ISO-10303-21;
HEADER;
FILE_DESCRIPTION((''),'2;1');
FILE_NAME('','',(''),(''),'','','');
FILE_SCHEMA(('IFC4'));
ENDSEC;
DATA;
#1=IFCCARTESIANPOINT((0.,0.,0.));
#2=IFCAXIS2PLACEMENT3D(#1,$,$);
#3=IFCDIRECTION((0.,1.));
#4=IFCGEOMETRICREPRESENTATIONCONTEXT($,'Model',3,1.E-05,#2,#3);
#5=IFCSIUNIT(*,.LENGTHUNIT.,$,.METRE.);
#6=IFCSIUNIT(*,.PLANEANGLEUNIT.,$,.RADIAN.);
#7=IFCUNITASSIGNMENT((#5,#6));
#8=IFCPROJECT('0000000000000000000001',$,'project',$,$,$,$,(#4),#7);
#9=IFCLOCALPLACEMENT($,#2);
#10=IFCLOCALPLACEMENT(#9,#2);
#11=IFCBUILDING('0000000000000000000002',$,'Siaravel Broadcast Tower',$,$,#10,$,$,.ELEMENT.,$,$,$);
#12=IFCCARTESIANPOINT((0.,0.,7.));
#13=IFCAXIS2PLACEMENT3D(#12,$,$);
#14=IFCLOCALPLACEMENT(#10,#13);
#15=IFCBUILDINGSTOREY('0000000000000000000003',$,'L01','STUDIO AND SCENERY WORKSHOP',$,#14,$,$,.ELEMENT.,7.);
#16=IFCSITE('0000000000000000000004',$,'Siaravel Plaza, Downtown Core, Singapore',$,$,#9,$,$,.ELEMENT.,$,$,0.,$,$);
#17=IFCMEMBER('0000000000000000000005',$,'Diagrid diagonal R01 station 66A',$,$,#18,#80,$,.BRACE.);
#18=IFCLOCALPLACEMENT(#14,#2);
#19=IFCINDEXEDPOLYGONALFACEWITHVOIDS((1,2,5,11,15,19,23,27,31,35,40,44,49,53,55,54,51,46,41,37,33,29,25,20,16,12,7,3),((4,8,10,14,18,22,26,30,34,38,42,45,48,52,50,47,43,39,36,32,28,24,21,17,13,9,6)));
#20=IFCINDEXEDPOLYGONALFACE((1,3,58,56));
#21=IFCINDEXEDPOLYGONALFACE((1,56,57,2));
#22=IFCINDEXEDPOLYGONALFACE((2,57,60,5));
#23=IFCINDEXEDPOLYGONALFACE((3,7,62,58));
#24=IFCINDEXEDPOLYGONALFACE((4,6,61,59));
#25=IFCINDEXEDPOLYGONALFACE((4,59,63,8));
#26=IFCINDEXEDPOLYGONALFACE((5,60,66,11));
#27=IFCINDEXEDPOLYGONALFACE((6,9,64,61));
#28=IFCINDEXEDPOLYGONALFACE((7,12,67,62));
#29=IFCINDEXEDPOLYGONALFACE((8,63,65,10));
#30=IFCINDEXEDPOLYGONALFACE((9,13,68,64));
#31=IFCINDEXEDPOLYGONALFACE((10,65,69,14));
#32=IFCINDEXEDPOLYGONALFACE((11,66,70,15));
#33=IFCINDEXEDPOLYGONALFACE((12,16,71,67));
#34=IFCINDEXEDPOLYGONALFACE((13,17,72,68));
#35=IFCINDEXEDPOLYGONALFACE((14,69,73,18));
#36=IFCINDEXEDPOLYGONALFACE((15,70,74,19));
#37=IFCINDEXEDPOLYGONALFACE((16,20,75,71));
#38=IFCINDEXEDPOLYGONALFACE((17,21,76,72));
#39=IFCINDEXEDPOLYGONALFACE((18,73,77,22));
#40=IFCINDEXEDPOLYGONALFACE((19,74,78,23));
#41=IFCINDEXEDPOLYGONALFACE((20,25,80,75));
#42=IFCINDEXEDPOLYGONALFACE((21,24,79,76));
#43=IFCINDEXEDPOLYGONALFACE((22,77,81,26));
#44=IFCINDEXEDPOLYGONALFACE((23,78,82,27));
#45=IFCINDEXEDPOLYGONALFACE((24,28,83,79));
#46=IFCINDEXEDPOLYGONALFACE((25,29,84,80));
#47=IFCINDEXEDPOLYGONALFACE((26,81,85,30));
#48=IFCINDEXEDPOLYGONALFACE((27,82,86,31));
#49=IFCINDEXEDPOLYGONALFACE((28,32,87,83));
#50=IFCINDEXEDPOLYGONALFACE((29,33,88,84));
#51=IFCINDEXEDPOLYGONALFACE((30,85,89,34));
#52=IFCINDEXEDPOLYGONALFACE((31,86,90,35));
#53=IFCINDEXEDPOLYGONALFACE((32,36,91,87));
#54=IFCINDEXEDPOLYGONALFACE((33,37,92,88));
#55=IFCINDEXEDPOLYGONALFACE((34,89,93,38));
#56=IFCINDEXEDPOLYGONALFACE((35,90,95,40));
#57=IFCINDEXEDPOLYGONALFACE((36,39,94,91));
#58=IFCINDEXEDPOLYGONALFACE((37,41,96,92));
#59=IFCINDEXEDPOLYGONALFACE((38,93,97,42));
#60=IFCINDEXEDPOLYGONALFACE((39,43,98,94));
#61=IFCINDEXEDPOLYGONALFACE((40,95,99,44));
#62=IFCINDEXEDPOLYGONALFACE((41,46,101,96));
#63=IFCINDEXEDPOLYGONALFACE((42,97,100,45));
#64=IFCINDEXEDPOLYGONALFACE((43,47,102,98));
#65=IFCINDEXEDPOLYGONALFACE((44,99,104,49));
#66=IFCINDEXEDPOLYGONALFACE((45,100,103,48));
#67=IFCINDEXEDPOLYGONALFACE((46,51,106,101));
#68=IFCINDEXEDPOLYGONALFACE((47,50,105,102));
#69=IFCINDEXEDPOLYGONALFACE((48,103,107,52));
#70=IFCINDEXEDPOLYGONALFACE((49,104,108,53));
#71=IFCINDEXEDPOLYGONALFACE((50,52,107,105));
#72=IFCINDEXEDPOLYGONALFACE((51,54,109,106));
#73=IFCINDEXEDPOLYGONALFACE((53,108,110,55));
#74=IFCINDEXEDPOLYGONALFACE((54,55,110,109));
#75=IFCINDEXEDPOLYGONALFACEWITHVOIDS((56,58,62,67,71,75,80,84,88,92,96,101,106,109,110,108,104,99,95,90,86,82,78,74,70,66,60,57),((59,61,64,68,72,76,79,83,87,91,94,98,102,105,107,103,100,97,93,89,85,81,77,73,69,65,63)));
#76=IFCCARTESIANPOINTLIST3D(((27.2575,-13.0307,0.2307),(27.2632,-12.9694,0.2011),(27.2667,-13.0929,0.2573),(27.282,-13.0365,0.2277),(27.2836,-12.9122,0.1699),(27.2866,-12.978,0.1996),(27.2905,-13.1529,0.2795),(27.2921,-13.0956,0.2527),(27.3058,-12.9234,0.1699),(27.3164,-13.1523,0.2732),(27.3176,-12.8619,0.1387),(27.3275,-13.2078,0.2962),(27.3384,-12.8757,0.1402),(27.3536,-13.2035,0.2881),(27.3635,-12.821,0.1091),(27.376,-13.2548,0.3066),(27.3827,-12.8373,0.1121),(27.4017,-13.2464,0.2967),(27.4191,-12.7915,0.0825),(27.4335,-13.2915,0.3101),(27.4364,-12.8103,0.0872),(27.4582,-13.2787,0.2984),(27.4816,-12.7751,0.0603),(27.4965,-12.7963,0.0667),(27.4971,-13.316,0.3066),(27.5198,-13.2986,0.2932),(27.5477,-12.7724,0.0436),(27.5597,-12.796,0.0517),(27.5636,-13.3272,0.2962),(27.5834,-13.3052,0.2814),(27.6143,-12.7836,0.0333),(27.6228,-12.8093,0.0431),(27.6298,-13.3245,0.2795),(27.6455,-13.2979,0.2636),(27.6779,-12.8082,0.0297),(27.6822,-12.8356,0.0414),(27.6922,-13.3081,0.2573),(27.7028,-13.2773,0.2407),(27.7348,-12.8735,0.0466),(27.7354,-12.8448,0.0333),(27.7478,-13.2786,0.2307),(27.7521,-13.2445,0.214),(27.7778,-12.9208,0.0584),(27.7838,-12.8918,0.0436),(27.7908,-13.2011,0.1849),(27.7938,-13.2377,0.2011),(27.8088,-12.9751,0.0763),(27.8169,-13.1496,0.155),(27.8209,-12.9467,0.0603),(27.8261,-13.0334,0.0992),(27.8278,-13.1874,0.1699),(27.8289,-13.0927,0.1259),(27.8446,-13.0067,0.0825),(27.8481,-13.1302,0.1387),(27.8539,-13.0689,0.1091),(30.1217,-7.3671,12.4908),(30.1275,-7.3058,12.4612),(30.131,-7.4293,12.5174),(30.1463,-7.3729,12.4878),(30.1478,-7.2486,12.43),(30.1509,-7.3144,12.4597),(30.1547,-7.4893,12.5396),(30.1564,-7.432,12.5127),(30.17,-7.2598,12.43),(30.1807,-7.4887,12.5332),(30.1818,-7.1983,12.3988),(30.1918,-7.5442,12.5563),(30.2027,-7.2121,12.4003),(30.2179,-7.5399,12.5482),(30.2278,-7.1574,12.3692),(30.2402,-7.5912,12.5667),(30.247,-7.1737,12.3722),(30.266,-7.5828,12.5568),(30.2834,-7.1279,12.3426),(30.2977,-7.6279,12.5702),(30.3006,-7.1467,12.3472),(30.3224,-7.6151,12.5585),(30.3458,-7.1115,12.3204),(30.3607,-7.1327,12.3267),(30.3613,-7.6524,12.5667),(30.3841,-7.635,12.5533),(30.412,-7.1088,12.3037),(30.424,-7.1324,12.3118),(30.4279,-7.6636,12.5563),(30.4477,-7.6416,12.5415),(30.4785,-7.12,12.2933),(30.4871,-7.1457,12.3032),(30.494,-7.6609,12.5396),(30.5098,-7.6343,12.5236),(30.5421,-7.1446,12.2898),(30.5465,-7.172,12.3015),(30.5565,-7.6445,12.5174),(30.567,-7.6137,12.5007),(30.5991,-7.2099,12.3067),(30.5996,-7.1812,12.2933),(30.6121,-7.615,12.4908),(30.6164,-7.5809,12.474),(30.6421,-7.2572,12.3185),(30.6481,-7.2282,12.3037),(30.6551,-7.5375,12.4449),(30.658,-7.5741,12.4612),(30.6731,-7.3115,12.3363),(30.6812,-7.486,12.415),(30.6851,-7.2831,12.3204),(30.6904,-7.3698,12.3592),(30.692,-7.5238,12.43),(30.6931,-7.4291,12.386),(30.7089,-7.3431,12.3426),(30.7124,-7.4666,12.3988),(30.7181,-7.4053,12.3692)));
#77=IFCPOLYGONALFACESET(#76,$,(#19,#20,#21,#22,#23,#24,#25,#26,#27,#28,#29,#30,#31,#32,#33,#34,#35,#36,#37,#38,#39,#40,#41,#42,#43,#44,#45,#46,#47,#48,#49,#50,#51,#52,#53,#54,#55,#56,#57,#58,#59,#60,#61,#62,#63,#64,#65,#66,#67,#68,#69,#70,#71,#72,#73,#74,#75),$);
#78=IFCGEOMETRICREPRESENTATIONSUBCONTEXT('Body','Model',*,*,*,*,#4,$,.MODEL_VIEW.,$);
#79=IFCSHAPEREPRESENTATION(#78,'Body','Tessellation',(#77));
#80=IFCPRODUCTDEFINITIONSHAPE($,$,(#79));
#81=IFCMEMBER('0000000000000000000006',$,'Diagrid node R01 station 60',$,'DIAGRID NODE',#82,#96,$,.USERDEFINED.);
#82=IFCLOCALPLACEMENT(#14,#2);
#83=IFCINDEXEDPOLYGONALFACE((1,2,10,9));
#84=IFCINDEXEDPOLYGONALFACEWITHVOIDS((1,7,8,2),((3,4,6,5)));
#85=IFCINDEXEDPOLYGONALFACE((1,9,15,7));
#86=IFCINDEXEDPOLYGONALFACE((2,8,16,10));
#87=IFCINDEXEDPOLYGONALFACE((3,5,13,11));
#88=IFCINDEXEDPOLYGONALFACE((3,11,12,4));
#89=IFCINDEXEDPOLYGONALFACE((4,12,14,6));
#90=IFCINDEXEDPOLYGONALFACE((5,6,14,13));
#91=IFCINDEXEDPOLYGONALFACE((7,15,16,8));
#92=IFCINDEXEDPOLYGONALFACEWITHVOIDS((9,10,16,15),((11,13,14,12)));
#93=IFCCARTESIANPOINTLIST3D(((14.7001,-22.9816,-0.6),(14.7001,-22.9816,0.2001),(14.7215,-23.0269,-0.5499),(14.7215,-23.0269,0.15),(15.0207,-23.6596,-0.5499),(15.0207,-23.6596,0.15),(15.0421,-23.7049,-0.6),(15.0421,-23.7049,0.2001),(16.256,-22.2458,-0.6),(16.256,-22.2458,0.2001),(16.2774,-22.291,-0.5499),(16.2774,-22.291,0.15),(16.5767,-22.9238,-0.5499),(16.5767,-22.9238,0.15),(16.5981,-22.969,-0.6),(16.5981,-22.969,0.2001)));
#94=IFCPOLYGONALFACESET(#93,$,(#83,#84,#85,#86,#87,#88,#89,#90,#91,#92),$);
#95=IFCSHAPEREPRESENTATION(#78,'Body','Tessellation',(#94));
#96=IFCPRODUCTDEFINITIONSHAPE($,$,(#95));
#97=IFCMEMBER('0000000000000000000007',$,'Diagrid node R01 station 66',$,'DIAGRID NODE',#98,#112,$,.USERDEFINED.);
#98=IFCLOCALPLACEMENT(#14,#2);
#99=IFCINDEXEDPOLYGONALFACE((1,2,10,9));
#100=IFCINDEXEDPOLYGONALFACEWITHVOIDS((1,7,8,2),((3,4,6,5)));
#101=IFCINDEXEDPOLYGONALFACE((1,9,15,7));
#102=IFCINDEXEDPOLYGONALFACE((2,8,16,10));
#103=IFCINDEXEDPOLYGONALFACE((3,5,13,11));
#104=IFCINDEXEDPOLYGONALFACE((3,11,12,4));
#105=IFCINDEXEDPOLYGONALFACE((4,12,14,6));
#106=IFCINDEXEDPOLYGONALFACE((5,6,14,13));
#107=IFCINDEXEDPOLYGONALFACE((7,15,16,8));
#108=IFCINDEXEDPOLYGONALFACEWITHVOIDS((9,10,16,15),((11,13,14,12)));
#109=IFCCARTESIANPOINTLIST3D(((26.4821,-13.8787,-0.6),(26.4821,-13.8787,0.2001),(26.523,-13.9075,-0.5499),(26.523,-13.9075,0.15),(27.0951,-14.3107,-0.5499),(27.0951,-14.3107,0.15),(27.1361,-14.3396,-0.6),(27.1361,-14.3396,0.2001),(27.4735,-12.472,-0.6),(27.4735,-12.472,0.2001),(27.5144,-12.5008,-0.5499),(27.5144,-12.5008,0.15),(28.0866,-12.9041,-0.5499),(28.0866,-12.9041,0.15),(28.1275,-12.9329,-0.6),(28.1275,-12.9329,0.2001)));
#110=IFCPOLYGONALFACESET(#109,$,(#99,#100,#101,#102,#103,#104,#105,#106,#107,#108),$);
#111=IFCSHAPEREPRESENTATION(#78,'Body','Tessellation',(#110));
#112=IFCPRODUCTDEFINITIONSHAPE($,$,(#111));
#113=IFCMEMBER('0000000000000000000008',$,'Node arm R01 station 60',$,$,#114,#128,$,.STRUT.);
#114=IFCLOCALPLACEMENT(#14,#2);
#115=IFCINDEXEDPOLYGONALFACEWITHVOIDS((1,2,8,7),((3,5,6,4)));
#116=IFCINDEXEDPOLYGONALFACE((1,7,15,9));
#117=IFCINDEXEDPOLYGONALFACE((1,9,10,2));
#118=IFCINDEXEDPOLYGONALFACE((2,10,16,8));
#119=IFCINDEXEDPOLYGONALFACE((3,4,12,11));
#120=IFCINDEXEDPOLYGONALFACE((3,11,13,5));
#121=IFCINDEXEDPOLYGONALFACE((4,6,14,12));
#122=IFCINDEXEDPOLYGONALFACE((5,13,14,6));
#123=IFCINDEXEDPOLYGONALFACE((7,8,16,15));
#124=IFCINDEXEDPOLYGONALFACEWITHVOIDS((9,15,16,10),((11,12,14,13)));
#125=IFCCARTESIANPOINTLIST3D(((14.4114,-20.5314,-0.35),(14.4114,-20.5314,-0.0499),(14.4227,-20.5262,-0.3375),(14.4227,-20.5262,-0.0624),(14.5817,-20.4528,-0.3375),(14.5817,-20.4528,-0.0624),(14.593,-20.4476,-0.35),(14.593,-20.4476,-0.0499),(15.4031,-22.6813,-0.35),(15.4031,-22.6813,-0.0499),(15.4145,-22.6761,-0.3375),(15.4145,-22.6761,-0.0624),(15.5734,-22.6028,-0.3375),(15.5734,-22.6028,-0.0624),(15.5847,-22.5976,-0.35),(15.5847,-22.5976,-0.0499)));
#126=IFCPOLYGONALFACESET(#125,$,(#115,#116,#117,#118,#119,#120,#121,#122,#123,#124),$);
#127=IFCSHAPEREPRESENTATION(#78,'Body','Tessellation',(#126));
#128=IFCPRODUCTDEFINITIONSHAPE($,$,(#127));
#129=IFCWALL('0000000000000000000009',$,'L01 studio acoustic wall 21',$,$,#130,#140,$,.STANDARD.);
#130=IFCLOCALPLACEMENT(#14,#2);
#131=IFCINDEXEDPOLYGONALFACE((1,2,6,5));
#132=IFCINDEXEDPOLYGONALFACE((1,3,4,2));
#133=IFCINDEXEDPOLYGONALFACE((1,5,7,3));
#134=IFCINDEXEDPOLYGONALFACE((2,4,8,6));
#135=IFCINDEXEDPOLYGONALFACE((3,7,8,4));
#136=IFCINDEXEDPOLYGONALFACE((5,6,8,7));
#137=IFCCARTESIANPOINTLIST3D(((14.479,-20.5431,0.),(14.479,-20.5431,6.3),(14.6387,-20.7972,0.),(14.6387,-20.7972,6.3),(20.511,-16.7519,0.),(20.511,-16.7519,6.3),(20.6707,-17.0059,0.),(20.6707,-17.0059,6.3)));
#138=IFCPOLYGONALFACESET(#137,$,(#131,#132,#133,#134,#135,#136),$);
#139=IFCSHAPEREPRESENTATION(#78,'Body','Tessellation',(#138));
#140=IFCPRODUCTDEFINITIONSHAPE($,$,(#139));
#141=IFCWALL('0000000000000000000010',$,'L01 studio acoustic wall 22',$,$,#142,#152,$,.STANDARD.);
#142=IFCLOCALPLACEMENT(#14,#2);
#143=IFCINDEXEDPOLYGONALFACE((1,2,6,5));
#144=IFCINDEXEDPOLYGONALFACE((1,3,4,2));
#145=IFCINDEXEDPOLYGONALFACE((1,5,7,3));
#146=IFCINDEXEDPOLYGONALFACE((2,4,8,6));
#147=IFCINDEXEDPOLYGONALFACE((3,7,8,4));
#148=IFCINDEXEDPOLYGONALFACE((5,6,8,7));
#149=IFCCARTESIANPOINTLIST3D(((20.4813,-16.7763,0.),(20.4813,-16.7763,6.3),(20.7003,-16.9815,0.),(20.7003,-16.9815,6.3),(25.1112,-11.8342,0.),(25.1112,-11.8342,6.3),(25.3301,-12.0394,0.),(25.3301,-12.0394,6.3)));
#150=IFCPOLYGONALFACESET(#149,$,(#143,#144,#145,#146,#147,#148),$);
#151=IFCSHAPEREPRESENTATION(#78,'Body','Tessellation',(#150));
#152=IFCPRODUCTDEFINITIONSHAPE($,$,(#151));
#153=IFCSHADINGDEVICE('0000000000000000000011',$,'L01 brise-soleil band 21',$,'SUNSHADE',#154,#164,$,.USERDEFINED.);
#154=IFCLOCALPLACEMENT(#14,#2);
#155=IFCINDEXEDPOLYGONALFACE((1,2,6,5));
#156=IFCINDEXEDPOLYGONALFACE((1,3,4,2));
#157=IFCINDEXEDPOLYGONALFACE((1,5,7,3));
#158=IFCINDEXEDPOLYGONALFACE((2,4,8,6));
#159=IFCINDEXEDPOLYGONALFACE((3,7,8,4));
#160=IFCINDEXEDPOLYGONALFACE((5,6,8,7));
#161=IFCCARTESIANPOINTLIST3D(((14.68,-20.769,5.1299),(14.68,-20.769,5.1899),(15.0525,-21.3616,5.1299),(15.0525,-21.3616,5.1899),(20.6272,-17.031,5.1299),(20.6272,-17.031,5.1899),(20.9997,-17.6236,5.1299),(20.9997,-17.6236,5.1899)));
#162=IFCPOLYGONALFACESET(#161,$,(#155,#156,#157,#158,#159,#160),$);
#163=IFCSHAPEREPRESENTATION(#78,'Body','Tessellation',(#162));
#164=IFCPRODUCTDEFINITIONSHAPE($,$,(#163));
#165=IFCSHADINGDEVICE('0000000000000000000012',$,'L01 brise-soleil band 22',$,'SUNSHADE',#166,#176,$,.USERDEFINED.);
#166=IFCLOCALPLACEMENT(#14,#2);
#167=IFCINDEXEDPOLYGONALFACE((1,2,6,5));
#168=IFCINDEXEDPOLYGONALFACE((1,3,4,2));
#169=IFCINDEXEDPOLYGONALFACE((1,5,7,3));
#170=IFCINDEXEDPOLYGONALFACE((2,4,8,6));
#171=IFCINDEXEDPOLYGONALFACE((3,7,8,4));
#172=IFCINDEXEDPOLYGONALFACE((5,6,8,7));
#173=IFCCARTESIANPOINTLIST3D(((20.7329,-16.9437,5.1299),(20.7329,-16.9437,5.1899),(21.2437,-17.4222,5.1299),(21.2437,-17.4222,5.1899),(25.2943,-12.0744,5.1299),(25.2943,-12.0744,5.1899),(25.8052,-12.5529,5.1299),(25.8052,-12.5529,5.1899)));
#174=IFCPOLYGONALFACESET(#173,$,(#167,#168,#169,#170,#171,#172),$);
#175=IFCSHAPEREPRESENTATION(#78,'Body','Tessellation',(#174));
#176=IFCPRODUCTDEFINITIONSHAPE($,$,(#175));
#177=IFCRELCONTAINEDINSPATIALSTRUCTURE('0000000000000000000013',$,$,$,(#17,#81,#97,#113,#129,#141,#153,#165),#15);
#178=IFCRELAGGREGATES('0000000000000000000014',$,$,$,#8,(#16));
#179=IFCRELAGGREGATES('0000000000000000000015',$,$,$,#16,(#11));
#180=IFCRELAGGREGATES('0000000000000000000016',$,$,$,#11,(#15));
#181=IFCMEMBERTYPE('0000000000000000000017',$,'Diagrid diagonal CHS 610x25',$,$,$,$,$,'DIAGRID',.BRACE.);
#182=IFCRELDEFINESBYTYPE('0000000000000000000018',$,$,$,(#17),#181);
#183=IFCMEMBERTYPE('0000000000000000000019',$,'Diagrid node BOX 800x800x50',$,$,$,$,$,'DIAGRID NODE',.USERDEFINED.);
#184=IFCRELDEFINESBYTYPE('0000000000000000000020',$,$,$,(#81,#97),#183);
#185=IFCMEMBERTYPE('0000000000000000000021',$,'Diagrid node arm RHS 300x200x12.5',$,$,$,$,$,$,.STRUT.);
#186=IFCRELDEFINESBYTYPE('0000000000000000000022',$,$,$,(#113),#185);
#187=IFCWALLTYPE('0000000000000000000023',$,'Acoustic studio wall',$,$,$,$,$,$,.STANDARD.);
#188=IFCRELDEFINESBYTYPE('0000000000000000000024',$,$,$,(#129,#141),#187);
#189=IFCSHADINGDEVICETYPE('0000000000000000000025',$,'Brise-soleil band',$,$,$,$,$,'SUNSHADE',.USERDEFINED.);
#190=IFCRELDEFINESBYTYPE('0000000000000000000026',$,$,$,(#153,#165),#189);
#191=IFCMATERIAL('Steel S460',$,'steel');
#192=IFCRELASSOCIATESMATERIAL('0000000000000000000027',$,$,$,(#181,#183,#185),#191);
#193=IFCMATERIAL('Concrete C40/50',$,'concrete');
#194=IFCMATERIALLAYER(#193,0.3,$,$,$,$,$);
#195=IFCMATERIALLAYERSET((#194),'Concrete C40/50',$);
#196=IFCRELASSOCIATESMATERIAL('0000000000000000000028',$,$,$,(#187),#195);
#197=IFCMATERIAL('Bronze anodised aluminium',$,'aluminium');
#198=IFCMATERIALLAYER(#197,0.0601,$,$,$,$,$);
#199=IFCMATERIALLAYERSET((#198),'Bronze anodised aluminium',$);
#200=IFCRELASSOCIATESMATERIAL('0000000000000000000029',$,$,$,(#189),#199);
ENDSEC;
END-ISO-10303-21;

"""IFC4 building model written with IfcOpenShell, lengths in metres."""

from ifc_helpers import new_model, si_unit, direction, frame, frame_2d, origin, origin_2d, place, context, subcontext, project, spatial, rectangle, hollow_rectangle, hollow_circle, extrude, material, layer, layer_set, material_profile, profile_set, type_object, element, save


model = new_model("IFC4")

# Units and contexts
model_context = context("Model", 3, precision=1e-05, world=origin(), true_north=direction((0.0, 1.0)))
body_context = subcontext(model_context, "Body", "Model", "MODEL_VIEW")
ifc_project = project(units=[si_unit("LENGTHUNIT", "METRE"), si_unit("PLANEANGLEUNIT", "RADIAN")], contexts=[model_context])

# Site, building, storey
site_placement = place(None, origin())
site = spatial("IfcSite", under=ifc_project, at=site_placement, Name="Siaravel Plaza, Downtown Core, Singapore", CompositionType="ELEMENT", RefElevation=0.0)
building_placement = place(site_placement, origin())
building = spatial("IfcBuilding", under=site, at=building_placement, Name="Siaravel Broadcast Tower", CompositionType="ELEMENT")
storey_placement = place(building_placement, frame((0.0, 0.0, 7.0)))
storey = spatial("IfcBuildingStorey", under=building, at=storey_placement, Name="L01", Description="STUDIO AND SCENERY WORKSHOP", CompositionType="ELEMENT", Elevation=7.0)

# Members
ifc_material_1 = material(Name="Steel S460", Category="steel")
ifc_material_profile_1 = material_profile(ifc_material_1, hollow_circle(Radius=0.3049, WallThickness=0.0249, at=origin_2d()))
ifc_profile_set_1 = profile_set([ifc_material_profile_1], Name="Steel S460")
member_type_1 = type_object("IfcMemberType", Name="Diagrid diagonal CHS 610x25", ElementType="DIAGRID", PredefinedType="BRACE", material=ifc_profile_set_1)
member_1_placement = place(storey_placement, frame((27.5557, -13.0498, 0.1699), z_axis=(0.207474, 0.410245, 0.888062), x_axis=(-0.892371, 0.451302, 0.0)))
element("IfcMember", 1, at=member_1_placement, inside=storey, type_object=member_type_1, Name="Diagrid diagonal R01 station 66A", PredefinedType="BRACE", context=body_context, shape_type="SweptSolid", body=[
    extrude(hollow_circle(Radius=0.3049, WallThickness=0.0249, at=origin_2d()), origin(), (0.0, 0.0, 1.0), 13.8054),
])
ifc_material_profile_2 = material_profile(ifc_material_1, hollow_rectangle(XDim=0.8, YDim=0.8, WallThickness=0.05, at=origin_2d()))
ifc_profile_set_2 = profile_set([ifc_material_profile_2], Name="Steel S460")
member_type_2 = type_object("IfcMemberType", Name="Diagrid node BOX 800x800x50", ElementType="DIAGRID NODE", PredefinedType="USERDEFINED", material=ifc_profile_set_2)
member_2_placement = place(storey_placement, frame((14.8711, -23.3433, -0.2), z_axis=(0.904001, 0.427531, 0.0), x_axis=(-0.427531, 0.904001, 0.0)))
element("IfcMember", 2, at=member_2_placement, inside=storey, type_object=member_type_2, Name="Diagrid node R01 station 60", ObjectType="DIAGRID NODE", PredefinedType="USERDEFINED", context=body_context, shape_type="SweptSolid", body=[
    extrude(hollow_rectangle(XDim=0.8, YDim=0.8, WallThickness=0.05, at=origin_2d()), origin(), (0.0, 0.0, 1.0), 1.7212),
])
member_3_placement = place(storey_placement, frame((26.8091, -14.1091, -0.2), z_axis=(0.576087, 0.817388, 0.0), x_axis=(-0.817388, 0.576087, 0.0)))
element("IfcMember", 3, at=member_3_placement, inside=storey, type_object=member_type_2, Name="Diagrid node R01 station 66", ObjectType="DIAGRID NODE", PredefinedType="USERDEFINED", context=body_context, shape_type="SweptSolid", body=[
    extrude(hollow_rectangle(XDim=0.8, YDim=0.8, WallThickness=0.05, at=origin_2d()), origin(), (0.0, 0.0, 1.0), 1.7209),
])
ifc_material_profile_3 = material_profile(ifc_material_1, hollow_rectangle(XDim=0.2, YDim=0.3, WallThickness=0.0125, at=origin_2d()))
ifc_profile_set_3 = profile_set([ifc_material_profile_3], Name="Steel S460")
member_type_3 = type_object("IfcMemberType", Name="Diagrid node arm RHS 300x200x12.5", PredefinedType="STRUT", material=ifc_profile_set_3)
member_4_placement = place(storey_placement, frame((14.5022, -20.4895, -0.2), z_axis=(0.418862, -0.90805, 0.0), x_axis=(0.90805, 0.418862, 0.0)))
element("IfcMember", 4, at=member_4_placement, inside=storey, type_object=member_type_3, Name="Node arm R01 station 60", PredefinedType="STRUT", context=body_context, shape_type="SweptSolid", body=[
    extrude(hollow_rectangle(XDim=0.2, YDim=0.3, WallThickness=0.0125, at=origin_2d()), origin(), (0.0, 0.0, 1.0), 2.3677),
])

# Walls
ifc_material_2 = material(Name="Concrete C40/50", Category="concrete")
ifc_layer_1 = layer(ifc_material_2, 0.3)
ifc_layer_set_1 = layer_set([ifc_layer_1], Name="Concrete C40/50")
wall_type = type_object("IfcWallType", Name="Acoustic studio wall", PredefinedType="STANDARD", material=ifc_layer_set_1)
wall_1_placement = place(storey_placement, frame((14.5588, -20.6702, 0.0), z_axis=(0.0, 0.0, 1.0), x_axis=(0.846654, 0.532144, 0.0)))
element("IfcWall", 5, at=wall_1_placement, inside=storey, type_object=wall_type, Name="L01 studio acoustic wall 21", PredefinedType="STANDARD", context=body_context, shape_type="SweptSolid", body=[
    extrude(rectangle(XDim=7.1245, YDim=0.3, at=frame_2d((3.5623, 0.0))), origin(), (0.0, 0.0, 1.0), 6.3),
])
wall_2_placement = place(storey_placement, frame((20.5908, -16.8789, 0.0), z_axis=(0.0, 0.0, 1.0), x_axis=(0.683676, 0.729786, 0.0)))
element("IfcWall", 6, at=wall_2_placement, inside=storey, type_object=wall_type, Name="L01 studio acoustic wall 22", PredefinedType="STANDARD", context=body_context, shape_type="SweptSolid", body=[
    extrude(rectangle(XDim=6.772, YDim=0.3, at=frame_2d((3.386, 0.0))), origin(), (0.0, 0.0, 1.0), 6.3),
])

# Shading devices
ifc_material_3 = material(Name="Bronze anodised aluminium", Category="aluminium")
ifc_layer_2 = layer(ifc_material_3, 0.0601)
ifc_layer_set_2 = layer_set([ifc_layer_2], Name="Bronze anodised aluminium")
shading_device_type_1 = type_object("IfcShadingDeviceType", Name="Brise-soleil band", ElementType="SUNSHADE", PredefinedType="USERDEFINED", material=ifc_layer_set_2)
shading_device_1_placement = place(storey_placement, frame((17.8398, -19.1963, 5.1299), z_axis=(0.0, 0.0, 1.0), x_axis=(0.84665, 0.532149, 0.0)))
element("IfcShadingDevice", 7, at=shading_device_1_placement, inside=storey, type_object=shading_device_type_1, Name="L01 brise-soleil band 21", ObjectType="SUNSHADE", PredefinedType="USERDEFINED", context=body_context, shape_type="SweptSolid", body=[
    extrude(rectangle(XDim=7.0244, YDim=0.7, at=origin_2d()), origin(), (0.0, 0.0, 1.0), 0.0601),
])
shading_device_2_placement = place(storey_placement, frame((23.269, -14.7483, 5.1299), z_axis=(0.0, 0.0, 1.0), x_axis=(0.683656, 0.729804, 0.0)))
element("IfcShadingDevice", 8, at=shading_device_2_placement, inside=storey, type_object=shading_device_type_1, Name="L01 brise-soleil band 22", ObjectType="SUNSHADE", PredefinedType="USERDEFINED", context=body_context, shape_type="SweptSolid", body=[
    extrude(rectangle(XDim=6.6721, YDim=0.7, at=origin_2d()), origin(), (0.0, 0.0, 1.0), 0.0601),
])

save(model, "model.ifc")
